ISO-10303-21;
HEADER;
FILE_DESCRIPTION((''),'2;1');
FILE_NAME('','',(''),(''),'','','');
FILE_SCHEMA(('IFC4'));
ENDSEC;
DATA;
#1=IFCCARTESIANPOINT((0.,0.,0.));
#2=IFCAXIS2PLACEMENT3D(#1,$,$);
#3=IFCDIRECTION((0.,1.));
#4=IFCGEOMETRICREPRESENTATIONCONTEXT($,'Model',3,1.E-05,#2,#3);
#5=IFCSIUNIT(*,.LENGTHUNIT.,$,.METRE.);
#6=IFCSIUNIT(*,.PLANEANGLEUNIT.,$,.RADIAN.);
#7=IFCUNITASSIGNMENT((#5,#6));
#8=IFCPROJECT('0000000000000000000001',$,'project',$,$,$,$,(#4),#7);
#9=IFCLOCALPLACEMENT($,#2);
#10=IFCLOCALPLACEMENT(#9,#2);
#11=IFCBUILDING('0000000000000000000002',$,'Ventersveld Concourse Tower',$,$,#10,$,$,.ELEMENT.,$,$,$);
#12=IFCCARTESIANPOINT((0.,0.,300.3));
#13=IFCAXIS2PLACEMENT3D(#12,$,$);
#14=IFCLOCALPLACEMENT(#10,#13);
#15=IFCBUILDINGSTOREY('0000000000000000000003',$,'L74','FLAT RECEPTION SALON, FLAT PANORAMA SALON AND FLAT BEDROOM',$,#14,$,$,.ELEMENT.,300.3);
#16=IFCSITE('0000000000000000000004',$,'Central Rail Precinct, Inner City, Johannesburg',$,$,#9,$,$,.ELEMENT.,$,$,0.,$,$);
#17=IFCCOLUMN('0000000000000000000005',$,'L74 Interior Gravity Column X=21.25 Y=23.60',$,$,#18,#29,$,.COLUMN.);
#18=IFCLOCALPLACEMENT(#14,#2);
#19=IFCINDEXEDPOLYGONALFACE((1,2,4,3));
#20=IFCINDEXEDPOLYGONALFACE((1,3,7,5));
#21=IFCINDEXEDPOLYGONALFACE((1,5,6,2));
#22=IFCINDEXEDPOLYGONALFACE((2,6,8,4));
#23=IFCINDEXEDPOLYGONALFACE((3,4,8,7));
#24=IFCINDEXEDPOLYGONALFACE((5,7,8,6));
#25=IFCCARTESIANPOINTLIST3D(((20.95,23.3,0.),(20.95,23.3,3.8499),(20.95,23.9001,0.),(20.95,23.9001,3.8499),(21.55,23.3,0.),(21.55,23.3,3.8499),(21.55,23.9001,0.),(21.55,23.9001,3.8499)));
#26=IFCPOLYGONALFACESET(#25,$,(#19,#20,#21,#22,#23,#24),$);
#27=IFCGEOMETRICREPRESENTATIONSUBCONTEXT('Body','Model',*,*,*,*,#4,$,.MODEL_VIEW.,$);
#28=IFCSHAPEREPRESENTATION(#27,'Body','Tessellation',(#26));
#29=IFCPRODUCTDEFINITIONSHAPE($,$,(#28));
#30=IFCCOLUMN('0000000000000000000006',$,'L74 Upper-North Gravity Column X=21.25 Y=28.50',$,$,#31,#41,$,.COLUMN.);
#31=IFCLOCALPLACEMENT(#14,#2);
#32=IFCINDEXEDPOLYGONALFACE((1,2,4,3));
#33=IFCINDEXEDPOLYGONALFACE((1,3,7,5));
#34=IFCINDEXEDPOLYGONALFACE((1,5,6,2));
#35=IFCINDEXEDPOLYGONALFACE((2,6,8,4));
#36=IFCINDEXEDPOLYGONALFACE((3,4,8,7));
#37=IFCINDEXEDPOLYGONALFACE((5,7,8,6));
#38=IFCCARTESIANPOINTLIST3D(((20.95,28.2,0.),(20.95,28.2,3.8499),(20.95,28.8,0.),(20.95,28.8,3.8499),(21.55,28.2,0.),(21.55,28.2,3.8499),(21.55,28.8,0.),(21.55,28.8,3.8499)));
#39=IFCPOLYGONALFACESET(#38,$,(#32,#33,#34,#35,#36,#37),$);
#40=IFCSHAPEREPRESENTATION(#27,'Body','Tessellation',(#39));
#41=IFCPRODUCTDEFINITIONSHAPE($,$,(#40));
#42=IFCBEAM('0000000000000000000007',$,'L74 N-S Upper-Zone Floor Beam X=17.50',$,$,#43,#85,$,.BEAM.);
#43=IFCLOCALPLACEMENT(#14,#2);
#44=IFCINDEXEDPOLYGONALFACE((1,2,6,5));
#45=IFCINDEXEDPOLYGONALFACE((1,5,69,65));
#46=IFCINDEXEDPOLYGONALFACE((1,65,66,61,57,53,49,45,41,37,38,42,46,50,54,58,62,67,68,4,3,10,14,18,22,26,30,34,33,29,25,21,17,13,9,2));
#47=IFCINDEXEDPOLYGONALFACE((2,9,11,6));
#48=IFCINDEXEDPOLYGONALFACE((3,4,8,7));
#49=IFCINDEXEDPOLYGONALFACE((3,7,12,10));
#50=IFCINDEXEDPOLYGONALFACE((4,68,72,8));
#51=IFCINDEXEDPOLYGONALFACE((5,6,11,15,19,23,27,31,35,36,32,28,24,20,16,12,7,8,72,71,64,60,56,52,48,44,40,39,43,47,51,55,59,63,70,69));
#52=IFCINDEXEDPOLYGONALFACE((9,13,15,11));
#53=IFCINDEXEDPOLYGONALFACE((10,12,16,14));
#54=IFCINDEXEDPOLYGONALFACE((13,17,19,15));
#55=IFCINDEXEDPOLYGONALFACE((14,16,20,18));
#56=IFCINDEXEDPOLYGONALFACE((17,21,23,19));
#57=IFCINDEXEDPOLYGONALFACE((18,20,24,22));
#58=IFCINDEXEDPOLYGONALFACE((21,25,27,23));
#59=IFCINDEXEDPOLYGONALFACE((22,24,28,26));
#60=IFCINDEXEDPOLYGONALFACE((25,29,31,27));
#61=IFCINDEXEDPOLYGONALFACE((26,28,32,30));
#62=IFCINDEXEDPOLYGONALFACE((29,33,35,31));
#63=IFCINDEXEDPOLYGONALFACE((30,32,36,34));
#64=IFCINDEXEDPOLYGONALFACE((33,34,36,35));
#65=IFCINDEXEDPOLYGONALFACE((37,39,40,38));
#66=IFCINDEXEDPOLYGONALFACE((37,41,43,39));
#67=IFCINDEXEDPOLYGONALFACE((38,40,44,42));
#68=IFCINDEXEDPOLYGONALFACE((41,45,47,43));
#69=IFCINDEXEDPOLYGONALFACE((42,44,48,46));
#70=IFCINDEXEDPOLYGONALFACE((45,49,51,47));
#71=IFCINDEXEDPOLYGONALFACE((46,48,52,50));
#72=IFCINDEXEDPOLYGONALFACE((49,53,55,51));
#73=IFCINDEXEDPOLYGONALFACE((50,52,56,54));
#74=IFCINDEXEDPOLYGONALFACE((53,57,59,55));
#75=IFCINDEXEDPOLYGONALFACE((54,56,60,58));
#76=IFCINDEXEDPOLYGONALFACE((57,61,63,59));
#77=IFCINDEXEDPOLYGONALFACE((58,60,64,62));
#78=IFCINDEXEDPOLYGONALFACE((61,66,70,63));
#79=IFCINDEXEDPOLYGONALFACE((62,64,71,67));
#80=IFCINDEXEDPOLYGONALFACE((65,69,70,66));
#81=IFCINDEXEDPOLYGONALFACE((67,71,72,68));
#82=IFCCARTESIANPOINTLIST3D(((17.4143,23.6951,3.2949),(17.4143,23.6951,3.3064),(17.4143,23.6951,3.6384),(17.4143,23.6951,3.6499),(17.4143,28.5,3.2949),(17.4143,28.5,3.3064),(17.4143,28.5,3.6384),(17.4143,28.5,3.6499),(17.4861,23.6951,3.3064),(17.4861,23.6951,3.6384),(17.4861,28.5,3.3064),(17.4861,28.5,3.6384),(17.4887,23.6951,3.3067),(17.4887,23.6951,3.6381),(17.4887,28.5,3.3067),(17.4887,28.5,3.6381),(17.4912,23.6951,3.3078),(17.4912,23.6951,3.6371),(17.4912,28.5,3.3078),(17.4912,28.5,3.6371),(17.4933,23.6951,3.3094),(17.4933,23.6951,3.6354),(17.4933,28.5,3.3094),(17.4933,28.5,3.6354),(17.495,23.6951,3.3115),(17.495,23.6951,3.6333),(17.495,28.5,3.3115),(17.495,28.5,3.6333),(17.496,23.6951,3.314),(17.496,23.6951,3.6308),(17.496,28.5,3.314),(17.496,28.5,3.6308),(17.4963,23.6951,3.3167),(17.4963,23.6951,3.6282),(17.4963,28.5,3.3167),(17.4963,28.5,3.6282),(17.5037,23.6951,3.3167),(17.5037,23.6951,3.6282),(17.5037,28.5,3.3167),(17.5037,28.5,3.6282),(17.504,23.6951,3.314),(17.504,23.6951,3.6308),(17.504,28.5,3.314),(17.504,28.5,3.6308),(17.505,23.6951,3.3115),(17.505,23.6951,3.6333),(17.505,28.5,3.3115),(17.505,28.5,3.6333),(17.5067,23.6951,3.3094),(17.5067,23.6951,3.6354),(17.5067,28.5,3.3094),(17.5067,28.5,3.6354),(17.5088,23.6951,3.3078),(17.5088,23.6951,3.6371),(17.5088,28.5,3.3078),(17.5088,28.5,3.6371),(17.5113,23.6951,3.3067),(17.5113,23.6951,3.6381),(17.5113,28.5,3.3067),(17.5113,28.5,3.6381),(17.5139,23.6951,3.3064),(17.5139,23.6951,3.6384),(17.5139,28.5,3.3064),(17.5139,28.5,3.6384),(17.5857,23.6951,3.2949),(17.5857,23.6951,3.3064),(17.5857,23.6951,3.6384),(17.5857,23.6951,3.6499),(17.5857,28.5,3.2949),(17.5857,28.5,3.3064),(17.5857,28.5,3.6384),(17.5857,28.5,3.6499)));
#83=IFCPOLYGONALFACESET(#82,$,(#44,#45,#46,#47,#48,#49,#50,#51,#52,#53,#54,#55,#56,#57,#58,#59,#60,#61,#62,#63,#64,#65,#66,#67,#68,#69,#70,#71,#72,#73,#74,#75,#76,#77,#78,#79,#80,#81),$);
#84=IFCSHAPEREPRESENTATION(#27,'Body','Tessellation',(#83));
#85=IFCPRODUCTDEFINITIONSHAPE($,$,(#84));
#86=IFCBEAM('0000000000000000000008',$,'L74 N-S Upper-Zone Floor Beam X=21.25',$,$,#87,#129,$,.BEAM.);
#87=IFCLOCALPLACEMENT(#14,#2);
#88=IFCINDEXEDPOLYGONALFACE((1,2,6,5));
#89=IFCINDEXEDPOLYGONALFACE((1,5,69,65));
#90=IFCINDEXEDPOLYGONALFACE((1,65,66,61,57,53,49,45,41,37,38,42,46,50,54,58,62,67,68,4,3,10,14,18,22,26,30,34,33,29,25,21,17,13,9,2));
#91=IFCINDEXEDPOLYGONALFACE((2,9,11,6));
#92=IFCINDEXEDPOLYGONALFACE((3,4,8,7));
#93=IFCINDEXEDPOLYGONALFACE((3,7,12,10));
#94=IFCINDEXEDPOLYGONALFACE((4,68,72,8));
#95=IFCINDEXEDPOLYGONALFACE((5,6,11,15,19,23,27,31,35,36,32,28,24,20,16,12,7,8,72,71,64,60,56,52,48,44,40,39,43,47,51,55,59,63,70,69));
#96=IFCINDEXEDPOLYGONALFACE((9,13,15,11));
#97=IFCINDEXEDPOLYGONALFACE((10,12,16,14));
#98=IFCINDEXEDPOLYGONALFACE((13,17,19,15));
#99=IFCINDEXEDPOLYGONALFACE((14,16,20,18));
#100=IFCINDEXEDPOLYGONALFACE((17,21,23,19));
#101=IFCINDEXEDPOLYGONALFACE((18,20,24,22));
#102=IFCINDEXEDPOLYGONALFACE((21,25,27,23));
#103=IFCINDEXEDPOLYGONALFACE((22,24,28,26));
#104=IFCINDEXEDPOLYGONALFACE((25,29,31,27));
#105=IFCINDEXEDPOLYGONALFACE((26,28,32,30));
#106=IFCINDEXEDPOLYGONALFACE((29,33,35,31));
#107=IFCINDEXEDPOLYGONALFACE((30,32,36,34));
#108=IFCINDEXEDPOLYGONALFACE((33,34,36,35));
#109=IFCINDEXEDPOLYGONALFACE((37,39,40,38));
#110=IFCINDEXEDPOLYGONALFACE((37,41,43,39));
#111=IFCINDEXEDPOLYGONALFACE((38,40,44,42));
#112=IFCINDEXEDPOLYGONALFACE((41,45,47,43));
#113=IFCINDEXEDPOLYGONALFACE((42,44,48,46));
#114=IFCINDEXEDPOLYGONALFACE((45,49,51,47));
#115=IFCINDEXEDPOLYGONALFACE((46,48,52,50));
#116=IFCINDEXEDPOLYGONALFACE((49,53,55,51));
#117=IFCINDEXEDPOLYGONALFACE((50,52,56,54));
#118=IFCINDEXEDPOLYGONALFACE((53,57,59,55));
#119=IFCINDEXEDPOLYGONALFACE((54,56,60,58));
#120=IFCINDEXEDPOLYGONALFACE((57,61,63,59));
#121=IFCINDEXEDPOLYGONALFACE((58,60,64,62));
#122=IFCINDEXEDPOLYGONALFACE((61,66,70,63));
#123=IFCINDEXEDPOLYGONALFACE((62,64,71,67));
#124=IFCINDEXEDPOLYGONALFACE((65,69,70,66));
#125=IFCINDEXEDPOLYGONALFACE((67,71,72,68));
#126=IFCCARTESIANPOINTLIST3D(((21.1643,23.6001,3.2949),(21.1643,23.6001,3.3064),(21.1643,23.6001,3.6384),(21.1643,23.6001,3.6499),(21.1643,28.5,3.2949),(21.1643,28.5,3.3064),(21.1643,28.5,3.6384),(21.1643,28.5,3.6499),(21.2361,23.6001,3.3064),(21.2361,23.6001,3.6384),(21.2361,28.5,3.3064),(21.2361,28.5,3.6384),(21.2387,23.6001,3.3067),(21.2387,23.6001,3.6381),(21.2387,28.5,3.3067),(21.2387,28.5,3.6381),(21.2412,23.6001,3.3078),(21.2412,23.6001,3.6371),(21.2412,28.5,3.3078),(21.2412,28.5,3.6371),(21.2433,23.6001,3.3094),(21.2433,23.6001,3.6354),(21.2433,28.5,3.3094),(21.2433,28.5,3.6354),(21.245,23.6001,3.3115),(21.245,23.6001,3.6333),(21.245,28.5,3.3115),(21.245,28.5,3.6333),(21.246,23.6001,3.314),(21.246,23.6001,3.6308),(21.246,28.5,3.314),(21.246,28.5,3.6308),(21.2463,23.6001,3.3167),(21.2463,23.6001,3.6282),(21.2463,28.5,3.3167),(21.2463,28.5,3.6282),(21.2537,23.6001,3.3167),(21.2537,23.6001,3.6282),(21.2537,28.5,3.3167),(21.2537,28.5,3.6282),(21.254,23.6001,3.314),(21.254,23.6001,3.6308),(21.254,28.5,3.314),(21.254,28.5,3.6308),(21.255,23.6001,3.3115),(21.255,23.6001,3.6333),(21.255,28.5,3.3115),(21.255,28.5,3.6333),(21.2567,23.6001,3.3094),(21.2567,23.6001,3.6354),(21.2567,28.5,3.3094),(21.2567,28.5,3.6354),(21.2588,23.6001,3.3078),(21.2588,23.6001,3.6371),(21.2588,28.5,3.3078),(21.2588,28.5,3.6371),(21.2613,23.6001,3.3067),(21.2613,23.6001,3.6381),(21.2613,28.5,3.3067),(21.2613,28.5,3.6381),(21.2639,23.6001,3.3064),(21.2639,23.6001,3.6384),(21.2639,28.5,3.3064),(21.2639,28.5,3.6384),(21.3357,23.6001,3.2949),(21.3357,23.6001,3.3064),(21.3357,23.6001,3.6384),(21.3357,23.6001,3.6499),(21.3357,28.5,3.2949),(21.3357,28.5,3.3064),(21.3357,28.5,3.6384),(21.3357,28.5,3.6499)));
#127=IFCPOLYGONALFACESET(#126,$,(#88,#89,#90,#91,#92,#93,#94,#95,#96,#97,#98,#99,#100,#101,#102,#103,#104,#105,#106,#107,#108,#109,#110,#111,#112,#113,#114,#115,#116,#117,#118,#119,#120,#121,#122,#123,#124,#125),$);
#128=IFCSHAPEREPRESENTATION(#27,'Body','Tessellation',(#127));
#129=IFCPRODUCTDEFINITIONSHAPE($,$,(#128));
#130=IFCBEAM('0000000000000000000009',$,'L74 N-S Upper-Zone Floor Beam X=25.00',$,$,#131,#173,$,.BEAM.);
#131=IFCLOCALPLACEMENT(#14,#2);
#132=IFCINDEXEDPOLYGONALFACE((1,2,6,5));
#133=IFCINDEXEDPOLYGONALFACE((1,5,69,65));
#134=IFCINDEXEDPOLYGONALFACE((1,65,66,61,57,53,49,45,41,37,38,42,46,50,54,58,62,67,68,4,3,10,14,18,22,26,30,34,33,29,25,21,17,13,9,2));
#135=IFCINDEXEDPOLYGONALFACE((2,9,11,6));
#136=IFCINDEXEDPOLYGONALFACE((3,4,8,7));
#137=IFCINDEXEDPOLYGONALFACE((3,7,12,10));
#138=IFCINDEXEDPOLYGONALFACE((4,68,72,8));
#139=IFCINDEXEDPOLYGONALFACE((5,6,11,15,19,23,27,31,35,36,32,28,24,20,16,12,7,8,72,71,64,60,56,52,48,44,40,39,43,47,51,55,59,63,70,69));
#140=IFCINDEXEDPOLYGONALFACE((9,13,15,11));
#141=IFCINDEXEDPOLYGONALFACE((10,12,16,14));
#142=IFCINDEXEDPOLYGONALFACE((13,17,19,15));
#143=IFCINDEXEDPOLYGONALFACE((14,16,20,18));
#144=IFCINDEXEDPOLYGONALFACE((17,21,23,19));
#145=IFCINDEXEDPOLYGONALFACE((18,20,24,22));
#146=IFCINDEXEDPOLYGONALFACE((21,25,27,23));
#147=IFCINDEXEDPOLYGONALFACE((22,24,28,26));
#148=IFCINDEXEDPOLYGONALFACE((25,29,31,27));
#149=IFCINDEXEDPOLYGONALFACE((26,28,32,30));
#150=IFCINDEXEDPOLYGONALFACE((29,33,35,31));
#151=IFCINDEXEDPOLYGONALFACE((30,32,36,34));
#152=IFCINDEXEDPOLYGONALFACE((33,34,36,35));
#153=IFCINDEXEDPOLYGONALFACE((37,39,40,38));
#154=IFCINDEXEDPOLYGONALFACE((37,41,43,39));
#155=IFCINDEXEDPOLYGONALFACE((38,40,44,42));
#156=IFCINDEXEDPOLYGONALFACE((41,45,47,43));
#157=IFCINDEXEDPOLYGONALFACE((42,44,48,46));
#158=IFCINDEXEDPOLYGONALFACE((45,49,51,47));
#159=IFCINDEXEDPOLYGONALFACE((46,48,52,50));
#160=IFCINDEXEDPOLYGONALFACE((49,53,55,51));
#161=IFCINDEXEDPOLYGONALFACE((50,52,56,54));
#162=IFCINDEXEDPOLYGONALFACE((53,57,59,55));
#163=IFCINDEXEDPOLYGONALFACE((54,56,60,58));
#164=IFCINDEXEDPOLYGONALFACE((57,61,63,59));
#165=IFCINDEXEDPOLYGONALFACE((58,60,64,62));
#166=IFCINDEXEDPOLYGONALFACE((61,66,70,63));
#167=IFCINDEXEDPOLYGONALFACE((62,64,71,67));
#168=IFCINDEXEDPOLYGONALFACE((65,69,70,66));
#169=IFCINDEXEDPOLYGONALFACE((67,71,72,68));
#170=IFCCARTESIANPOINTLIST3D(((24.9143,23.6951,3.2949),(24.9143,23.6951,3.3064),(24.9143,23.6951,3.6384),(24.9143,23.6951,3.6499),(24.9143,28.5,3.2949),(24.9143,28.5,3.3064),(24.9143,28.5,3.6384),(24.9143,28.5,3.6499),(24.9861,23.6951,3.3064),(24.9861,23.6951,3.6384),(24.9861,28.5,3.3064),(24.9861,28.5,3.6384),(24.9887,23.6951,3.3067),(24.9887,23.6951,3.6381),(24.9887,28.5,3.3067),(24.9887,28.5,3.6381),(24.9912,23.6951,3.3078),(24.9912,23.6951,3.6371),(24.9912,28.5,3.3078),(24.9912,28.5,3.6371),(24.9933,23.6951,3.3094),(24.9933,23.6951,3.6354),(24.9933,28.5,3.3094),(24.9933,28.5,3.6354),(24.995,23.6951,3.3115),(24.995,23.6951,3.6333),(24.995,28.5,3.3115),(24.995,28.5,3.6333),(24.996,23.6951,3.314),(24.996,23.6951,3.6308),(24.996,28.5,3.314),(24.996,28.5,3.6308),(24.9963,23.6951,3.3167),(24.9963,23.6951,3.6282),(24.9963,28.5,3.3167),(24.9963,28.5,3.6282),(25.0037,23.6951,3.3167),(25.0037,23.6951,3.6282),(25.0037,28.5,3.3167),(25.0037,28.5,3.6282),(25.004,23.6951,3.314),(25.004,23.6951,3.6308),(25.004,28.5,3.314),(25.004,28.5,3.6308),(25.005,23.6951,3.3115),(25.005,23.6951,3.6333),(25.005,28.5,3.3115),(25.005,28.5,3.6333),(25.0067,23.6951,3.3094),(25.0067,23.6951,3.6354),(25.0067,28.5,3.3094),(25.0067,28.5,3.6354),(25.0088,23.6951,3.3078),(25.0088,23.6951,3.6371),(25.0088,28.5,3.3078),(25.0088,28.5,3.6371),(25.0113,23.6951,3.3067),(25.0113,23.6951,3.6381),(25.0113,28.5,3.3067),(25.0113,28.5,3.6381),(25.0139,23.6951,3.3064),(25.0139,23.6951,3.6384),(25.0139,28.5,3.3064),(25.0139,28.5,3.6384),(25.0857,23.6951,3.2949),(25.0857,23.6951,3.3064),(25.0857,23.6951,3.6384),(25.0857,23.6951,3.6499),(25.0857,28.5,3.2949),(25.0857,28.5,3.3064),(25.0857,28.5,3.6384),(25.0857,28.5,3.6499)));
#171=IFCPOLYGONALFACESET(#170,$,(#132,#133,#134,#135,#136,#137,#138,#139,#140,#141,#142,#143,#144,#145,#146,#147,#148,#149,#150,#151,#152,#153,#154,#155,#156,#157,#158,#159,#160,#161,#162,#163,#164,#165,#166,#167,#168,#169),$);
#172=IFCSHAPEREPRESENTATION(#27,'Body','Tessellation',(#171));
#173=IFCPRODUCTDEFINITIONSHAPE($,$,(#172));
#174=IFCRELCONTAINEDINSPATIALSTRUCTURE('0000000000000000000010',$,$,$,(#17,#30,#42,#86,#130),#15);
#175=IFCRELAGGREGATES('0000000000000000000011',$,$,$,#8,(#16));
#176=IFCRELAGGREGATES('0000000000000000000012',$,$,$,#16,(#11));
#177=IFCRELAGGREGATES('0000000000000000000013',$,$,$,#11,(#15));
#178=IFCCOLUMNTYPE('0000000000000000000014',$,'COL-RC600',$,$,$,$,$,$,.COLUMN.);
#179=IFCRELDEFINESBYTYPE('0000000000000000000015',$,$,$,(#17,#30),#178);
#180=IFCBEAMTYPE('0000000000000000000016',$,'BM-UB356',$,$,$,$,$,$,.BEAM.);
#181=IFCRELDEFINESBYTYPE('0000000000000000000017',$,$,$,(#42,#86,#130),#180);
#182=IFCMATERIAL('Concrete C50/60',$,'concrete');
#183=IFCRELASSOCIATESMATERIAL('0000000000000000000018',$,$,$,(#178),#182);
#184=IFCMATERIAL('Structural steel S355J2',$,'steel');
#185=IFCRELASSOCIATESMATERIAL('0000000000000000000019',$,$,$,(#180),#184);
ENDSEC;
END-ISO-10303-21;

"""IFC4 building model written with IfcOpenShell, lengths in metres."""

from ifc_helpers import new_model, si_unit, direction, frame, origin, origin_2d, place, context, subcontext, project, spatial, rectangle, i_section, extrude, material, material_profile, profile_set, type_object, element, save


model = new_model("IFC4")

# Units and contexts
model_context = context("Model", 3, precision=1e-05, world=origin(), true_north=direction((0.0, 1.0)))
body_context = subcontext(model_context, "Body", "Model", "MODEL_VIEW")
ifc_project = project(units=[si_unit("LENGTHUNIT", "METRE"), si_unit("PLANEANGLEUNIT", "RADIAN")], contexts=[model_context])

# Site, building, storey
site_placement = place(None, origin())
site = spatial("IfcSite", under=ifc_project, at=site_placement, Name="Central Rail Precinct, Inner City, Johannesburg", CompositionType="ELEMENT", RefElevation=0.0)
building_placement = place(site_placement, origin())
building = spatial("IfcBuilding", under=site, at=building_placement, Name="Ventersveld Concourse Tower", CompositionType="ELEMENT")
storey_placement = place(building_placement, frame((0.0, 0.0, 300.3)))
storey = spatial("IfcBuildingStorey", under=building, at=storey_placement, Name="L74", Description="FLAT RECEPTION SALON, FLAT PANORAMA SALON AND FLAT BEDROOM", CompositionType="ELEMENT", Elevation=300.3)

# Columns
ifc_material_1 = material(Name="Concrete C50/60", Category="concrete")
ifc_material_profile_1 = material_profile(ifc_material_1, rectangle(XDim=0.6001, YDim=0.6001, at=origin_2d()), Name="RC 600x600")
ifc_profile_set_1 = profile_set([ifc_material_profile_1], Name="Concrete C50/60")
column_type = type_object("IfcColumnType", Name="COL-RC600", PredefinedType="COLUMN", material=ifc_profile_set_1)
for number, where, z_axis, x_axis, name in (
    (1, (21.25, 23.6001, 0.0), (0.0, 0.0, 1.0), (1.0, 0.0, 0.0), "L74 Interior Gravity Column X=21.25 Y=23.60"),
    (2, (21.25, 28.5, 0.0), (0.0, 0.0, 1.0), (1.0, 0.0, 0.0), "L74 Upper-North Gravity Column X=21.25 Y=28.50"),
):
    element("IfcColumn", number, at=place(storey_placement, frame(where, z_axis=z_axis, x_axis=x_axis)), inside=storey, type_object=column_type, Name=name, PredefinedType="COLUMN", context=body_context, shape_type="SweptSolid", body=[
        extrude(rectangle(XDim=0.6001, YDim=0.6001, at=origin_2d()), origin(), (0.0, 0.0, 1.0), 3.8499),
    ])

# Beams
ifc_material_2 = material(Name="Structural steel S355J2", Category="steel")
ifc_material_profile_2 = material_profile(ifc_material_2, i_section(OverallWidth=0.1714, OverallDepth=0.355, WebThickness=0.0073, FlangeThickness=0.0115, FilletRadius=0.0103, at=origin_2d()), Name="UB 356x171x51")
ifc_profile_set_2 = profile_set([ifc_material_profile_2], Name="Structural steel S355J2")
beam_type_1 = type_object("IfcBeamType", Name="BM-UB356", PredefinedType="BEAM", material=ifc_profile_set_2)
beam_1_placement = place(storey_placement, frame((17.5, 23.6951, 3.4724), z_axis=(0.0, 1.0, 0.0), x_axis=(-1.0, 0.0, 0.0)))
element("IfcBeam", 3, at=beam_1_placement, inside=storey, type_object=beam_type_1, Name="L74 N-S Upper-Zone Floor Beam X=17.50", PredefinedType="BEAM", context=body_context, shape_type="SweptSolid", body=[
    extrude(i_section(OverallWidth=0.1714, OverallDepth=0.355, WebThickness=0.0073, FlangeThickness=0.0115, FilletRadius=0.0103, at=origin_2d()), origin(), (0.0, 0.0, 1.0), 4.8049),
])
beam_2_placement = place(storey_placement, frame((21.25, 23.6001, 3.4724), z_axis=(0.0, 1.0, 0.0), x_axis=(-1.0, 0.0, 0.0)))
element("IfcBeam", 4, at=beam_2_placement, inside=storey, type_object=beam_type_1, Name="L74 N-S Upper-Zone Floor Beam X=21.25", PredefinedType="BEAM", context=body_context, shape_type="SweptSolid", body=[
    extrude(i_section(OverallWidth=0.1714, OverallDepth=0.355, WebThickness=0.0073, FlangeThickness=0.0115, FilletRadius=0.0103, at=origin_2d()), origin(), (0.0, 0.0, 1.0), 4.8999),
])
beam_3_placement = place(storey_placement, frame((25.0, 23.6951, 3.4724), z_axis=(0.0, 1.0, 0.0), x_axis=(-1.0, 0.0, 0.0)))
element("IfcBeam", 5, at=beam_3_placement, inside=storey, type_object=beam_type_1, Name="L74 N-S Upper-Zone Floor Beam X=25.00", PredefinedType="BEAM", context=body_context, shape_type="SweptSolid", body=[
    extrude(i_section(OverallWidth=0.1714, OverallDepth=0.355, WebThickness=0.0073, FlangeThickness=0.0115, FilletRadius=0.0103, at=origin_2d()), origin(), (0.0, 0.0, 1.0), 4.8049),
])

save(model, "model.ifc")
